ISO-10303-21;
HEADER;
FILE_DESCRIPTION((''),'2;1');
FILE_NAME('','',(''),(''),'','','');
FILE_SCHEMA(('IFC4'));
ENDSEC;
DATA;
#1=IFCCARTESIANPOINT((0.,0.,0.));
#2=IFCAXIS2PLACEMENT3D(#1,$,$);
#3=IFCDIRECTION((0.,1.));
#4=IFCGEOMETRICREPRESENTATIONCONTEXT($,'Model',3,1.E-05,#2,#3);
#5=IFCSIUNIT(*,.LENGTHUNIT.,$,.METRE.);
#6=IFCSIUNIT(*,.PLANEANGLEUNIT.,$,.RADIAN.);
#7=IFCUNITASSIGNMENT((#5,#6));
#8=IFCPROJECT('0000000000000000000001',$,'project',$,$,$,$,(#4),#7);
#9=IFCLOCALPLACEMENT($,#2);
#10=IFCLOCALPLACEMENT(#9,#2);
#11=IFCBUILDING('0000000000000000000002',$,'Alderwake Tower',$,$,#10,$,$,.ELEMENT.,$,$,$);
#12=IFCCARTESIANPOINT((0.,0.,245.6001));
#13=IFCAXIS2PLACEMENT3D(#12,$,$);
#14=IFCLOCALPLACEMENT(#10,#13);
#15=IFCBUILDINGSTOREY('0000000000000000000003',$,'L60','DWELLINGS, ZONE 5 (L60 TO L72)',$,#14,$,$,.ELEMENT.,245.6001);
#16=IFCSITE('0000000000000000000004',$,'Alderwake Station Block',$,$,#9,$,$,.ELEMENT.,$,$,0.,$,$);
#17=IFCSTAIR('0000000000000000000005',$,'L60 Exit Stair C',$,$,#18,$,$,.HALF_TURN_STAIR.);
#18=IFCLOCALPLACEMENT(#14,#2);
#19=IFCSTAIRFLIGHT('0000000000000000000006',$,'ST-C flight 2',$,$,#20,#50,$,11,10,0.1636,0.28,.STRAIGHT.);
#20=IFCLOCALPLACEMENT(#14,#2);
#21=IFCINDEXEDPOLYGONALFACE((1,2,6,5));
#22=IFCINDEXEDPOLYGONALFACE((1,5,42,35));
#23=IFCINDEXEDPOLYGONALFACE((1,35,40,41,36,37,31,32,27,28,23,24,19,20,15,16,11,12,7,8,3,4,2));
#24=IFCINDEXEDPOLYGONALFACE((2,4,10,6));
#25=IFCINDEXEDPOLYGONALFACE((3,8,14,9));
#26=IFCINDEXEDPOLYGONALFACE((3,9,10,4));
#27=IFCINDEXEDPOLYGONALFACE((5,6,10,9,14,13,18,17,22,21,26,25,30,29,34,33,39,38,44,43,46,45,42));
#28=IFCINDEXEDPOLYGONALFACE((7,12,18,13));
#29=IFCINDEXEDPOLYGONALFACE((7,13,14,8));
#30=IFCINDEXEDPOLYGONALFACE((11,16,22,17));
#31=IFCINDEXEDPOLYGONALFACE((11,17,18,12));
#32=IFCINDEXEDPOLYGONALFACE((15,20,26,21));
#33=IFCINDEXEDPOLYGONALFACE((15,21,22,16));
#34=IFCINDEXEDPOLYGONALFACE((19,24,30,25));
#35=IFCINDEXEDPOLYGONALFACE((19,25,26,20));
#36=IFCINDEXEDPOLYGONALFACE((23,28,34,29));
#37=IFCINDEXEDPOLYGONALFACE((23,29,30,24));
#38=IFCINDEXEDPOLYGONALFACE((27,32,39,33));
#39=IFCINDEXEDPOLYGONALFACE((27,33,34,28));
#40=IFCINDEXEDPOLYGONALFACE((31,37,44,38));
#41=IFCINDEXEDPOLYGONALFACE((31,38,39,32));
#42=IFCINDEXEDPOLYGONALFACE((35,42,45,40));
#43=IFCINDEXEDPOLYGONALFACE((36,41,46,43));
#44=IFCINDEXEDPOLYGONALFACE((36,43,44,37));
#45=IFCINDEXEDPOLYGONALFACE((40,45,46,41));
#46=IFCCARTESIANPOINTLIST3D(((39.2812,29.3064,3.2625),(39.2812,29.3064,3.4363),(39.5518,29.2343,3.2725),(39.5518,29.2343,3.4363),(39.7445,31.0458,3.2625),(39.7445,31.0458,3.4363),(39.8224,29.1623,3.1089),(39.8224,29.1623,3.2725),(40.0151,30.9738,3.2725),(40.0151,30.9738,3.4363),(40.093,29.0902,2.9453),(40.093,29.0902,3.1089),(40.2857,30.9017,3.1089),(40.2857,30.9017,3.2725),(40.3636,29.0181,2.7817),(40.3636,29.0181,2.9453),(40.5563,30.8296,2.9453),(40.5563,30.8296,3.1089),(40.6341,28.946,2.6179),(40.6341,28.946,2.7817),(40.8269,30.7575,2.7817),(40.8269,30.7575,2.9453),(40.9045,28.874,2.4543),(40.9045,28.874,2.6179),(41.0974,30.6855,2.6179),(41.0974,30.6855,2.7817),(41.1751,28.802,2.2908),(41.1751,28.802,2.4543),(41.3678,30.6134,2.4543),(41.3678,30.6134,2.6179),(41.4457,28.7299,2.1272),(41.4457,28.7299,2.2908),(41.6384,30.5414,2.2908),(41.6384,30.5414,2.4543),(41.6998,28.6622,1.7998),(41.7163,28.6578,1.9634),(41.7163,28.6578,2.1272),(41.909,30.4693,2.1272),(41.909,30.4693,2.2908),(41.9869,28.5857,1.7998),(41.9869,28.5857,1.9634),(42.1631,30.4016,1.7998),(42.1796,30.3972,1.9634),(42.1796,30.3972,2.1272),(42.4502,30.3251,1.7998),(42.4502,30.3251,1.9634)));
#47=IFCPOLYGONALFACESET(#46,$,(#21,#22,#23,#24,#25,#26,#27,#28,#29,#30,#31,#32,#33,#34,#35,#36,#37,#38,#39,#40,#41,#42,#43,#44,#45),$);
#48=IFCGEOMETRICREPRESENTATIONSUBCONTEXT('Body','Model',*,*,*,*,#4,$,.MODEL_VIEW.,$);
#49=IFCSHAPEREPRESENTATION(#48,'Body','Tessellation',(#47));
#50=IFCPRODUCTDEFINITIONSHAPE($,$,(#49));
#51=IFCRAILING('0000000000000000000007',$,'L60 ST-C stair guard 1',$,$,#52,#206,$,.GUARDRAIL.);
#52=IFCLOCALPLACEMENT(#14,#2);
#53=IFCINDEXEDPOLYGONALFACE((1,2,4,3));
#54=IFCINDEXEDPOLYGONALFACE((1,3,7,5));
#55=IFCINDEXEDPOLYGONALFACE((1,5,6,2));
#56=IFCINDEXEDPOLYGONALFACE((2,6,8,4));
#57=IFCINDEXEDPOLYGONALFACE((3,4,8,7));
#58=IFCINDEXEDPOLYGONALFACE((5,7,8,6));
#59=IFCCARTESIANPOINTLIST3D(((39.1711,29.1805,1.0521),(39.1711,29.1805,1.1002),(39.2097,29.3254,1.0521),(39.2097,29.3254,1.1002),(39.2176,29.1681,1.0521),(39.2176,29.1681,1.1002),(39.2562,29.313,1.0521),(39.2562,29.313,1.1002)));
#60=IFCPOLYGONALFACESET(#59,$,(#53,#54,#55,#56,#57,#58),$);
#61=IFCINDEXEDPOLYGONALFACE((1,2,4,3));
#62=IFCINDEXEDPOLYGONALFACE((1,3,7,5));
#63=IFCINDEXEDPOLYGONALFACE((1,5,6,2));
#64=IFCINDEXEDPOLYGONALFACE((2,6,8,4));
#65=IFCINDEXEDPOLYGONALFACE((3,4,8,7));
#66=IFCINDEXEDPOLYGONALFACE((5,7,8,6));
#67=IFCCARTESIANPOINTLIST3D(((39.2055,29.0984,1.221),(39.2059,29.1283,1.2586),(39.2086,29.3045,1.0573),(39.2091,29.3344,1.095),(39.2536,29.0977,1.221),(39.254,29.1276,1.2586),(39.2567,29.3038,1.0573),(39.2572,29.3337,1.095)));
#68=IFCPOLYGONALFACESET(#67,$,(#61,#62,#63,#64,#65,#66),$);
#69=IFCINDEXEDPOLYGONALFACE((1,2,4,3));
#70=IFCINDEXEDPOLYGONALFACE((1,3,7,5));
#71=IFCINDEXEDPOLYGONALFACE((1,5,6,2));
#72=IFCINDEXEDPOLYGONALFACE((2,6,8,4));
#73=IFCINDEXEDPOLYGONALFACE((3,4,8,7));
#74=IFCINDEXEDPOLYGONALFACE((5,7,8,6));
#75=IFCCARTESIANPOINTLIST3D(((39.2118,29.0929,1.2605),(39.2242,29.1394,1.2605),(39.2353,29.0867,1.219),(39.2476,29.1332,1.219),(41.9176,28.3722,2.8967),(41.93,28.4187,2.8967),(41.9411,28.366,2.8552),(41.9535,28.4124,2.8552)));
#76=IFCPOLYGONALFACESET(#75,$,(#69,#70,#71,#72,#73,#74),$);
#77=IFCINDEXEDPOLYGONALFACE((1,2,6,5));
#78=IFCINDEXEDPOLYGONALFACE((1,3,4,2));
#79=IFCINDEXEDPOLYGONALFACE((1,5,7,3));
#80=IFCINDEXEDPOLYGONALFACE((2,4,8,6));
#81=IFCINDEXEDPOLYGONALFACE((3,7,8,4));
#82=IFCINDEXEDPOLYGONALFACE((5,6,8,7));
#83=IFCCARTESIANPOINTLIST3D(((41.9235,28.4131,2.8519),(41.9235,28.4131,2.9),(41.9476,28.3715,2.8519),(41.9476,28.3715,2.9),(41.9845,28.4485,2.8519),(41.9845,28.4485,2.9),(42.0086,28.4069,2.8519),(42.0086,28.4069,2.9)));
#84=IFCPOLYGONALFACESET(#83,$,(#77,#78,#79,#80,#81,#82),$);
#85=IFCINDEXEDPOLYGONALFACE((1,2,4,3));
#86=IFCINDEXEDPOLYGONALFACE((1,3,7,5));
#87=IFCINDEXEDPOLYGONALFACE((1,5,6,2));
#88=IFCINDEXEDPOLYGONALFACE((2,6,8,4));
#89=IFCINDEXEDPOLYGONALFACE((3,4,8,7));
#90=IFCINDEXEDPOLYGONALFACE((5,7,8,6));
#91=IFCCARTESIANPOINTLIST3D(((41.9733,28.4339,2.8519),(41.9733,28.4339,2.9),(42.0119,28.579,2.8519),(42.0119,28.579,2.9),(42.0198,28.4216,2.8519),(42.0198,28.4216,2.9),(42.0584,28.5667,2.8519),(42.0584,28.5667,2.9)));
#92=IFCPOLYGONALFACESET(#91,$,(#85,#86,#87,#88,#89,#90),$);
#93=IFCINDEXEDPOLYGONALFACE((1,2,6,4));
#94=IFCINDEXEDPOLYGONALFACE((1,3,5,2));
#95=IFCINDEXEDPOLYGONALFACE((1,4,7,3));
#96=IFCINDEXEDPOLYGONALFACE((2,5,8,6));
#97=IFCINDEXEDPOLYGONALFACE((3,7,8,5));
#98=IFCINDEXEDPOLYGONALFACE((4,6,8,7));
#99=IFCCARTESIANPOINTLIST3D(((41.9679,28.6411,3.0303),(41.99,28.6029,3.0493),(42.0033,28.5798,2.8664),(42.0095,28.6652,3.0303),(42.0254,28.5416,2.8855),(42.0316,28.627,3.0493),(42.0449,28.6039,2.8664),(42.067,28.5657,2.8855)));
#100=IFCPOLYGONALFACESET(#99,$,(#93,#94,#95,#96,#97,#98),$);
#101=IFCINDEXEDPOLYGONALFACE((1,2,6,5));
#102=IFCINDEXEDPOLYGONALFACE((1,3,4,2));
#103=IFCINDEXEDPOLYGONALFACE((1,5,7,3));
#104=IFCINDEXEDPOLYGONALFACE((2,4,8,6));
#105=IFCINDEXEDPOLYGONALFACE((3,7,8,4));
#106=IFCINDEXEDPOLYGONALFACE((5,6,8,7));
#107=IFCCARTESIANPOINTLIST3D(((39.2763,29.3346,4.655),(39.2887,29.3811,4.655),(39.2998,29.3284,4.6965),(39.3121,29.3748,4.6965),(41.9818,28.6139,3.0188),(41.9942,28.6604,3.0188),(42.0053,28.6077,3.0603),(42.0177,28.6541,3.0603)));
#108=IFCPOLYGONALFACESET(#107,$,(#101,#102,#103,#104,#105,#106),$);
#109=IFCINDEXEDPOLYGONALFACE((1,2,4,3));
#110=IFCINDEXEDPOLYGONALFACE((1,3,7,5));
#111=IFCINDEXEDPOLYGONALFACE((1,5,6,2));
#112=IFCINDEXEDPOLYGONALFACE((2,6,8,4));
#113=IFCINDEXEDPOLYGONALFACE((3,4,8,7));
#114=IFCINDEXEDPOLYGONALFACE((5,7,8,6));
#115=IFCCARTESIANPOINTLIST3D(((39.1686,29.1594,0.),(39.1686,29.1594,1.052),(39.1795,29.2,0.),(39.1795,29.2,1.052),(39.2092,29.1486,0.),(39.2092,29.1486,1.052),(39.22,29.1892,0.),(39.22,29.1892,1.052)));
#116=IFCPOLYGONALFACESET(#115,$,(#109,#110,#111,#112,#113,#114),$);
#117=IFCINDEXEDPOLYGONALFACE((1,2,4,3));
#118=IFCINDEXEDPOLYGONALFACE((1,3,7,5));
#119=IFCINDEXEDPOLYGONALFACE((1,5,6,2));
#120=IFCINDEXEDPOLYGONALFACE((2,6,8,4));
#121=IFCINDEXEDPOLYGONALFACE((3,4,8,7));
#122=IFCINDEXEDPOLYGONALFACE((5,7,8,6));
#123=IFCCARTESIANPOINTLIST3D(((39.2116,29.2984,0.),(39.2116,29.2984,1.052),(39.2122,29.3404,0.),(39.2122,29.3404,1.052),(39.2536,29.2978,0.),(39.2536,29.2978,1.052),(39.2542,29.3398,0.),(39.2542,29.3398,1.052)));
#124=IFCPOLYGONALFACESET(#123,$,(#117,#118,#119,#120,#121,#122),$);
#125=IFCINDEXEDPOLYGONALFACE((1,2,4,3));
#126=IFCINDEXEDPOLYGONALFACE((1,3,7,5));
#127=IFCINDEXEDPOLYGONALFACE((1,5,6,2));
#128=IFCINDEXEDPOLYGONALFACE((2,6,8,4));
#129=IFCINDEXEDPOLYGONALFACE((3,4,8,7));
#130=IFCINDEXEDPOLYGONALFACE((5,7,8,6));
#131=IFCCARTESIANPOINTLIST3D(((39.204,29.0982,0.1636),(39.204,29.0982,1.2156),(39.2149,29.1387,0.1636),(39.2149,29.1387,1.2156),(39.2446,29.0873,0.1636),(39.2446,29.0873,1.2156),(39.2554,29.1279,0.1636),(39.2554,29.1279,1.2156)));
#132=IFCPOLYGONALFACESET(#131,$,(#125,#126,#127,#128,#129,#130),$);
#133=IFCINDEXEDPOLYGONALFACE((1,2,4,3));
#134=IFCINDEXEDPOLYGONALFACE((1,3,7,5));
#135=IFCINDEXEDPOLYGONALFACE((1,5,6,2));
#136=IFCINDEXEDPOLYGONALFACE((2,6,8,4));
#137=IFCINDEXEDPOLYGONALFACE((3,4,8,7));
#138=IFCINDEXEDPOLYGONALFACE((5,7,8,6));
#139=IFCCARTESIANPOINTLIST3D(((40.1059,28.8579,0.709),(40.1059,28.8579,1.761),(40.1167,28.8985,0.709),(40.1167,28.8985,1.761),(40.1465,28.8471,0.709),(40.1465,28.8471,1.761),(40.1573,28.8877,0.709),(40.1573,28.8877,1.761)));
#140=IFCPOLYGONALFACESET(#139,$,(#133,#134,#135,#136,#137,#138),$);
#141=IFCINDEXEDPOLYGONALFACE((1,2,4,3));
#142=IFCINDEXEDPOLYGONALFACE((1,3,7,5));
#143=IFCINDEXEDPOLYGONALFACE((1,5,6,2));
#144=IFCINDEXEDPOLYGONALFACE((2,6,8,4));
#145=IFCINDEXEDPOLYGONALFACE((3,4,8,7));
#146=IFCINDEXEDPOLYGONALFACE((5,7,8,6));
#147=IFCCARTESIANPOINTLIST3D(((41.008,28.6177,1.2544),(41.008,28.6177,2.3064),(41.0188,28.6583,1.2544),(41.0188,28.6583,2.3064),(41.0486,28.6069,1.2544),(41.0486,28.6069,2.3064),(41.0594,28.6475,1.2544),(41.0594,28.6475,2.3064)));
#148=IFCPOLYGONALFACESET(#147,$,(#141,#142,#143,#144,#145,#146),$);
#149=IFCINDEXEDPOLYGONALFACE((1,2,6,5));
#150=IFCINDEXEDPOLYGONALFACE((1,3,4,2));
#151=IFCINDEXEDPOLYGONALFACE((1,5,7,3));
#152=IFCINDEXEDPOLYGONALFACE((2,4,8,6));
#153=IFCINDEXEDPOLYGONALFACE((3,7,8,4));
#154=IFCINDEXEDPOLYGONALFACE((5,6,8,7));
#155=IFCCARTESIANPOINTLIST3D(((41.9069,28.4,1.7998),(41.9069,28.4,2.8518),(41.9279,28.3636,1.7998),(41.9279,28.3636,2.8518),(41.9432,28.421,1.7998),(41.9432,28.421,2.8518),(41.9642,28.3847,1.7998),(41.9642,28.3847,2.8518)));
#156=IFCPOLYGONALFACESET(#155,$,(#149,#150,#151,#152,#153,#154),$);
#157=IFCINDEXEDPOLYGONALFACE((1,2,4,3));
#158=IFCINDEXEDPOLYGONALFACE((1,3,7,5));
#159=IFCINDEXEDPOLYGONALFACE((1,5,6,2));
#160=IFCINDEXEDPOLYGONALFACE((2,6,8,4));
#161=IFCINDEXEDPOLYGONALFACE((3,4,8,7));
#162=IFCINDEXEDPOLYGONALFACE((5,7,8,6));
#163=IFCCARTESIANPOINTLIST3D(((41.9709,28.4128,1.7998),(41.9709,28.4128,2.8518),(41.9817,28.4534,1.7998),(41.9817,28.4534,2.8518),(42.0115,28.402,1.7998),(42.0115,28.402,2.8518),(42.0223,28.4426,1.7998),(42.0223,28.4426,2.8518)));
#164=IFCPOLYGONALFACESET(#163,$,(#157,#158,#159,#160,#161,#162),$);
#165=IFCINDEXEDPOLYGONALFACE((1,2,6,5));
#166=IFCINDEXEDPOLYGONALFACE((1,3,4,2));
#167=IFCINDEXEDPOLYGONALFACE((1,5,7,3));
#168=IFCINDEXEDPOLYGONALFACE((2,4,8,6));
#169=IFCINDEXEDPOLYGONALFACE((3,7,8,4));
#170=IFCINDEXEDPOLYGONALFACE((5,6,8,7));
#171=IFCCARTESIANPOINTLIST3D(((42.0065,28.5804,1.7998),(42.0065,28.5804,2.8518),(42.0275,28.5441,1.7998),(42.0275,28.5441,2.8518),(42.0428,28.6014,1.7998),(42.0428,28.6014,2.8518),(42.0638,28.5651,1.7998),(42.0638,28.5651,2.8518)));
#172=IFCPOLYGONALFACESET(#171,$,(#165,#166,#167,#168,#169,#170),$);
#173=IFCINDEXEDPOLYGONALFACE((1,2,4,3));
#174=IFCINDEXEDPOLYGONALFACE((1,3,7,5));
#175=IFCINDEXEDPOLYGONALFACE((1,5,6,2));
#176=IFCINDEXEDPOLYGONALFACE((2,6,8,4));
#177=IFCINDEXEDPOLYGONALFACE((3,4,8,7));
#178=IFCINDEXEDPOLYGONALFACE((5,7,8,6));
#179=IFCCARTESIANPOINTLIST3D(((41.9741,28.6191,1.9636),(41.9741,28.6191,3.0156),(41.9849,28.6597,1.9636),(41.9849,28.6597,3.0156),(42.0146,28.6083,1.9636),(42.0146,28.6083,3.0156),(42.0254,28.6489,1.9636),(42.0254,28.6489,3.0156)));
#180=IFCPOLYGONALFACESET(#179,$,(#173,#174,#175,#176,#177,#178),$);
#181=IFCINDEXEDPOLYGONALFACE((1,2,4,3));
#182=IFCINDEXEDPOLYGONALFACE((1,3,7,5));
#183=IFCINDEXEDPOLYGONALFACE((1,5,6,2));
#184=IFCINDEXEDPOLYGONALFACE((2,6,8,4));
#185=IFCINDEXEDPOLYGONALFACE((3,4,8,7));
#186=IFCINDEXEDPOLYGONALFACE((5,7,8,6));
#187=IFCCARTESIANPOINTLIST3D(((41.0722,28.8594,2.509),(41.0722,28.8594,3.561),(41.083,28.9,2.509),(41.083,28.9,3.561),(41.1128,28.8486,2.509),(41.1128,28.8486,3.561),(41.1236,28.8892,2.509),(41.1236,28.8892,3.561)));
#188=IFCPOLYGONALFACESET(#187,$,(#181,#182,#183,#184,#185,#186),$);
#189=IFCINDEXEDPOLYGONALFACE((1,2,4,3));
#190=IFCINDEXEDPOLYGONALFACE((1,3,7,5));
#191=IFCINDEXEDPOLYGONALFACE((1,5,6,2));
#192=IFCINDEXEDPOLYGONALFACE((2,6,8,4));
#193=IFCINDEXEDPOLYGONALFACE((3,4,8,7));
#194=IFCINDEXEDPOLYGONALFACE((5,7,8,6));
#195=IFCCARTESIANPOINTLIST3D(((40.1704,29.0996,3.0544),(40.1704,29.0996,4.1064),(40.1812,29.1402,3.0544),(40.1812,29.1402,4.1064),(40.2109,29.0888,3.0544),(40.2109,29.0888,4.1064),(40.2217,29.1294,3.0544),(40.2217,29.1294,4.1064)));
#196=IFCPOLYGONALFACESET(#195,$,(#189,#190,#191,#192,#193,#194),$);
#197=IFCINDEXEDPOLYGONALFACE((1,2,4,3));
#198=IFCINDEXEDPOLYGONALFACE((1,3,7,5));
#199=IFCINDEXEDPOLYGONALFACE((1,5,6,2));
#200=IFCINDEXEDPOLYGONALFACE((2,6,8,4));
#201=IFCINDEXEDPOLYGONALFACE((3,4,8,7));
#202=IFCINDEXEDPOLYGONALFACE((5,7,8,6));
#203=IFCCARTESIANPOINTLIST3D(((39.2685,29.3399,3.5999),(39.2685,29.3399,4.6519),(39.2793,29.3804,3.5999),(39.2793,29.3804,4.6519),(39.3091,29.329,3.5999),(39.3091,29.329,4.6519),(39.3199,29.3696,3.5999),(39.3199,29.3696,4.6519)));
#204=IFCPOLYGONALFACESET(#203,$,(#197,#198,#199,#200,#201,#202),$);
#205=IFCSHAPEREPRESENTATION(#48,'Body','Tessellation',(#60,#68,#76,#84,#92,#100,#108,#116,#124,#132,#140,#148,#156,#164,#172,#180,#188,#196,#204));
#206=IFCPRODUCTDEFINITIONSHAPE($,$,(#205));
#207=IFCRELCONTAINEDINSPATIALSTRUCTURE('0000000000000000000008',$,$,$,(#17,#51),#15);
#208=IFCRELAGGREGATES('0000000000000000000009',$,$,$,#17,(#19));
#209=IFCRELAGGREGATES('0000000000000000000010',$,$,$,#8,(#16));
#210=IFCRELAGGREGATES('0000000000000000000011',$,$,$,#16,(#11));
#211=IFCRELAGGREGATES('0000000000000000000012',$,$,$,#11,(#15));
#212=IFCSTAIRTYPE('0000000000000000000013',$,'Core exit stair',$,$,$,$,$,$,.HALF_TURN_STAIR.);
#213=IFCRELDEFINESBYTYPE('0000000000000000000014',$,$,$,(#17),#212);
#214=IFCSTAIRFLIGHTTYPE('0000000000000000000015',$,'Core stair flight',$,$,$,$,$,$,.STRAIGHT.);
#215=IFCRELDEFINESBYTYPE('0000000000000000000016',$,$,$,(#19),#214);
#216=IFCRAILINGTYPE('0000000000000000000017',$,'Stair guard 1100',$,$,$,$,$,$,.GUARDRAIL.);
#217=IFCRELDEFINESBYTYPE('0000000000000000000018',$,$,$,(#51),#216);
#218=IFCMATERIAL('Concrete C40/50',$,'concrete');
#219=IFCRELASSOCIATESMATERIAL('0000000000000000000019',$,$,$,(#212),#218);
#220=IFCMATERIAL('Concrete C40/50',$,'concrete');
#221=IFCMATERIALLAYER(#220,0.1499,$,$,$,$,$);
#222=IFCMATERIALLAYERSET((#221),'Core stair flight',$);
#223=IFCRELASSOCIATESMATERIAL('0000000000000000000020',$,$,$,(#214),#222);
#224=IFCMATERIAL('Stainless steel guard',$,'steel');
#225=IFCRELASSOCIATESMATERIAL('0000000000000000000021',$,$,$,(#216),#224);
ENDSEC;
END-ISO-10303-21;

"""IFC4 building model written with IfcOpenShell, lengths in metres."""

from ifc_helpers import new_model, si_unit, direction, frame, origin, origin_2d, place, context, subcontext, project, spatial, polyline, rectangle, outline, extrude, material, layer, layer_set, type_object, element, aggregate, save


model = new_model("IFC4")

# Units and contexts
model_context = context("Model", 3, precision=1e-05, world=origin(), true_north=direction((0.0, 1.0)))
body_context = subcontext(model_context, "Body", "Model", "MODEL_VIEW")
ifc_project = project(units=[si_unit("LENGTHUNIT", "METRE"), si_unit("PLANEANGLEUNIT", "RADIAN")], contexts=[model_context])

# Site, building, storey
site_placement = place(None, origin())
site = spatial("IfcSite", under=ifc_project, at=site_placement, Name="Alderwake Station Block", CompositionType="ELEMENT", RefElevation=0.0)
building_placement = place(site_placement, origin())
building = spatial("IfcBuilding", under=site, at=building_placement, Name="Alderwake Tower", CompositionType="ELEMENT")
storey_placement = place(building_placement, frame((0.0, 0.0, 245.6001)))
storey = spatial("IfcBuildingStorey", under=building, at=storey_placement, Name="L60", Description="DWELLINGS, ZONE 5 (L60 TO L72)", CompositionType="ELEMENT", Elevation=245.6001)

# Stair, stair flight
ifc_material_1 = material(Name="Concrete C40/50", Category="concrete")
stair_type = type_object("IfcStairType", Name="Core exit stair", PredefinedType="HALF_TURN_STAIR", material=ifc_material_1)
stair_placement = place(storey_placement, origin())
stair = element("IfcStair", 1, at=stair_placement, inside=storey, type_object=stair_type, Name="L60 Exit Stair C", PredefinedType="HALF_TURN_STAIR")
ifc_material_2 = material(Name="Concrete C40/50", Category="concrete")
ifc_layer_1 = layer(ifc_material_2, 0.1499)
ifc_layer_set_1 = layer_set([ifc_layer_1], Name="Core stair flight")
stair_flight_type = type_object("IfcStairFlightType", Name="Core stair flight", PredefinedType="STRAIGHT", material=ifc_layer_set_1)
stair_flight_1_placement = place(storey_placement, frame((42.2185, 29.4553, 1.7998), z_axis=(0.0, 0.0, 1.0), x_axis=(-0.96631, 0.257382, 0.0)))
stair_flight_1 = element("IfcStairFlight", 2, at=stair_flight_1_placement, type_object=stair_flight_type, Name="ST-C flight 2", NumberOfRisers=11, NumberOfTreads=10, PredefinedType="STRAIGHT", RiserHeight=0.1636, TreadLength=0.28, context=body_context, shape_type="SweptSolid", body=[
    extrude(outline(polyline([(0.0, 0.0), (0.0, 0.1636), (0.28, 0.1636), (0.28, 0.3274), (0.5601, 0.3274), (0.5601, 0.491), (0.8401, 0.491), (0.8401, 0.6545), (1.1201, 0.6545), (1.1201, 0.8181), (1.3999, 0.8181), (1.3999, 0.9819), (1.6799, 0.9819), (1.6799, 1.1455), (1.96, 1.1455), (1.96, 1.3091), (2.24, 1.3091), (2.24, 1.4727), (2.52, 1.4727), (2.52, 1.6365), (2.8, 1.6365), (2.8, 1.8), (2.8, 1.4626), (0.2971, 0.0), (0.0, 0.0)])), frame((0.0, 0.8999, 0.0), z_axis=(0.0, -1.0, 0.0), x_axis=(1.0, 0.0, 0.0)), (0.0, 0.0, 1.0), 1.8),
])
aggregate(stair, [stair_flight_1])

# Railing
ifc_material_3 = material(Name="Stainless steel guard", Category="steel")
railing_type_1 = type_object("IfcRailingType", Name="Stair guard 1100", PredefinedType="GUARDRAIL", material=ifc_material_3)
railing_1_placement = place(storey_placement, frame((39.1943, 29.1743, 0.0)))
element("IfcRailing", 3, at=railing_1_placement, inside=storey, type_object=railing_type_1, Name="L60 ST-C stair guard 1", PredefinedType="GUARDRAIL", context=body_context, shape_type="SweptSolid", body=[
    extrude(rectangle(XDim=0.0481, YDim=0.0481, at=origin_2d()), frame((0.0, 0.0, 1.0762), z_axis=(0.25746, 0.966289, 0.0), x_axis=(-0.966289, 0.25746, 0.0)), (0.0, 0.0, 1.0), 0.1499),
    extrude(rectangle(XDim=0.0481, YDim=0.0481, at=origin_2d()), frame((0.0386, 0.1448, 1.0762), z_axis=(-0.012063, -0.78316, 0.621703), x_axis=(0.999881, -0.015401, 0.0)), (0.0, 0.0, 1.0), 0.2632),
    extrude(rectangle(XDim=0.0481, YDim=0.0481, at=origin_2d()), frame((0.0354, -0.0613, 1.2397), z_axis=(0.834314, -0.222223, 0.504518), x_axis=(0.25738, 0.96631, 0.0)), (0.0, 0.0, 1.0), 3.2432),
    extrude(rectangle(XDim=0.0481, YDim=0.0481, at=origin_2d()), frame((2.7412, -0.782, 2.876), z_axis=(0.865031, 0.501718, 0.0), x_axis=(-0.501718, 0.865031, 0.0)), (0.0, 0.0, 1.0), 0.0706),
    extrude(rectangle(XDim=0.0481, YDim=0.0481, at=origin_2d()), frame((2.8022, -0.7466, 2.876), z_axis=(0.257055, 0.966397, 0.0), x_axis=(-0.966397, 0.257055, 0.0)), (0.0, 0.0, 1.0), 0.1501),
    extrude(rectangle(XDim=0.0481, YDim=0.0481, at=origin_2d()), frame((2.8408, -0.6016, 2.876), z_axis=(-0.198376, 0.343395, 0.918001), x_axis=(-0.865898, -0.50022, 0.0)), (0.0, 0.0, 1.0), 0.1785),
    extrude(rectangle(XDim=0.0481, YDim=0.0481, at=origin_2d()), frame((2.8054, -0.5403, 3.0396), z_axis=(-0.834291, 0.222237, 0.504549), x_axis=(-0.257402, -0.966304, 0.0)), (0.0, 0.0, 1.0), 3.2429),
    extrude(rectangle(XDim=0.042, YDim=0.042, at=origin_2d()), frame((0.0, 0.0, 0.0), z_axis=(0.0, 0.0, 1.0), x_axis=(0.25746, 0.966289, 0.0)), (0.0, 0.0, 1.0), 1.052),
    extrude(rectangle(XDim=0.042, YDim=0.042, at=origin_2d()), frame((0.0386, 0.1448, 0.0), z_axis=(0.0, 0.0, 1.0), x_axis=(-0.015401, -0.999881, 0.0)), (0.0, 0.0, 1.0), 1.052),
    extrude(rectangle(XDim=0.042, YDim=0.042, at=origin_2d()), frame((0.0354, -0.0613, 0.1636), z_axis=(0.0, 0.0, 1.0), x_axis=(0.96631, -0.25738, 0.0)), (0.0, 0.0, 1.0), 1.052),
    extrude(rectangle(XDim=0.042, YDim=0.042, at=origin_2d()), frame((0.9373, -0.3015, 0.709), z_axis=(0.0, 0.0, 1.0), x_axis=(0.96631, -0.25738, 0.0)), (0.0, 0.0, 1.0), 1.052),
    extrude(rectangle(XDim=0.042, YDim=0.042, at=origin_2d()), frame((1.8394, -0.5417, 1.2544), z_axis=(0.0, 0.0, 1.0), x_axis=(0.96631, -0.25738, 0.0)), (0.0, 0.0, 1.0), 1.052),
    extrude(rectangle(XDim=0.042, YDim=0.042, at=origin_2d()), frame((2.7412, -0.782, 1.7998), z_axis=(0.0, 0.0, 1.0), x_axis=(0.865031, 0.501718, 0.0)), (0.0, 0.0, 1.0), 1.052),
    extrude(rectangle(XDim=0.042, YDim=0.042, at=origin_2d()), frame((2.8022, -0.7466, 1.7998), z_axis=(0.0, 0.0, 1.0), x_axis=(0.257055, 0.966397, 0.0)), (0.0, 0.0, 1.0), 1.052),
    extrude(rectangle(XDim=0.042, YDim=0.042, at=origin_2d()), frame((2.8408, -0.6016, 1.7998), z_axis=(0.0, 0.0, 1.0), x_axis=(-0.50022, 0.865898, 0.0)), (0.0, 0.0, 1.0), 1.052),
    extrude(rectangle(XDim=0.042, YDim=0.042, at=origin_2d()), frame((2.8054, -0.5403, 1.9636), z_axis=(0.0, 0.0, 1.0), x_axis=(-0.966304, 0.257402, 0.0)), (0.0, 0.0, 1.0), 1.052),
    extrude(rectangle(XDim=0.042, YDim=0.042, at=origin_2d()), frame((1.9036, -0.3, 2.509), z_axis=(0.0, 0.0, 1.0), x_axis=(-0.966304, 0.257402, 0.0)), (0.0, 0.0, 1.0), 1.052),
    extrude(rectangle(XDim=0.042, YDim=0.042, at=origin_2d()), frame((1.0017, -0.0598, 3.0544), z_axis=(0.0, 0.0, 1.0), x_axis=(-0.966304, 0.257402, 0.0)), (0.0, 0.0, 1.0), 1.052),
    extrude(rectangle(XDim=0.042, YDim=0.042, at=origin_2d()), frame((0.0999, 0.1804, 3.5999), z_axis=(0.0, 0.0, 1.0), x_axis=(-0.966304, 0.257402, 0.0)), (0.0, 0.0, 1.0), 1.052),
])

save(model, "model.ifc")
